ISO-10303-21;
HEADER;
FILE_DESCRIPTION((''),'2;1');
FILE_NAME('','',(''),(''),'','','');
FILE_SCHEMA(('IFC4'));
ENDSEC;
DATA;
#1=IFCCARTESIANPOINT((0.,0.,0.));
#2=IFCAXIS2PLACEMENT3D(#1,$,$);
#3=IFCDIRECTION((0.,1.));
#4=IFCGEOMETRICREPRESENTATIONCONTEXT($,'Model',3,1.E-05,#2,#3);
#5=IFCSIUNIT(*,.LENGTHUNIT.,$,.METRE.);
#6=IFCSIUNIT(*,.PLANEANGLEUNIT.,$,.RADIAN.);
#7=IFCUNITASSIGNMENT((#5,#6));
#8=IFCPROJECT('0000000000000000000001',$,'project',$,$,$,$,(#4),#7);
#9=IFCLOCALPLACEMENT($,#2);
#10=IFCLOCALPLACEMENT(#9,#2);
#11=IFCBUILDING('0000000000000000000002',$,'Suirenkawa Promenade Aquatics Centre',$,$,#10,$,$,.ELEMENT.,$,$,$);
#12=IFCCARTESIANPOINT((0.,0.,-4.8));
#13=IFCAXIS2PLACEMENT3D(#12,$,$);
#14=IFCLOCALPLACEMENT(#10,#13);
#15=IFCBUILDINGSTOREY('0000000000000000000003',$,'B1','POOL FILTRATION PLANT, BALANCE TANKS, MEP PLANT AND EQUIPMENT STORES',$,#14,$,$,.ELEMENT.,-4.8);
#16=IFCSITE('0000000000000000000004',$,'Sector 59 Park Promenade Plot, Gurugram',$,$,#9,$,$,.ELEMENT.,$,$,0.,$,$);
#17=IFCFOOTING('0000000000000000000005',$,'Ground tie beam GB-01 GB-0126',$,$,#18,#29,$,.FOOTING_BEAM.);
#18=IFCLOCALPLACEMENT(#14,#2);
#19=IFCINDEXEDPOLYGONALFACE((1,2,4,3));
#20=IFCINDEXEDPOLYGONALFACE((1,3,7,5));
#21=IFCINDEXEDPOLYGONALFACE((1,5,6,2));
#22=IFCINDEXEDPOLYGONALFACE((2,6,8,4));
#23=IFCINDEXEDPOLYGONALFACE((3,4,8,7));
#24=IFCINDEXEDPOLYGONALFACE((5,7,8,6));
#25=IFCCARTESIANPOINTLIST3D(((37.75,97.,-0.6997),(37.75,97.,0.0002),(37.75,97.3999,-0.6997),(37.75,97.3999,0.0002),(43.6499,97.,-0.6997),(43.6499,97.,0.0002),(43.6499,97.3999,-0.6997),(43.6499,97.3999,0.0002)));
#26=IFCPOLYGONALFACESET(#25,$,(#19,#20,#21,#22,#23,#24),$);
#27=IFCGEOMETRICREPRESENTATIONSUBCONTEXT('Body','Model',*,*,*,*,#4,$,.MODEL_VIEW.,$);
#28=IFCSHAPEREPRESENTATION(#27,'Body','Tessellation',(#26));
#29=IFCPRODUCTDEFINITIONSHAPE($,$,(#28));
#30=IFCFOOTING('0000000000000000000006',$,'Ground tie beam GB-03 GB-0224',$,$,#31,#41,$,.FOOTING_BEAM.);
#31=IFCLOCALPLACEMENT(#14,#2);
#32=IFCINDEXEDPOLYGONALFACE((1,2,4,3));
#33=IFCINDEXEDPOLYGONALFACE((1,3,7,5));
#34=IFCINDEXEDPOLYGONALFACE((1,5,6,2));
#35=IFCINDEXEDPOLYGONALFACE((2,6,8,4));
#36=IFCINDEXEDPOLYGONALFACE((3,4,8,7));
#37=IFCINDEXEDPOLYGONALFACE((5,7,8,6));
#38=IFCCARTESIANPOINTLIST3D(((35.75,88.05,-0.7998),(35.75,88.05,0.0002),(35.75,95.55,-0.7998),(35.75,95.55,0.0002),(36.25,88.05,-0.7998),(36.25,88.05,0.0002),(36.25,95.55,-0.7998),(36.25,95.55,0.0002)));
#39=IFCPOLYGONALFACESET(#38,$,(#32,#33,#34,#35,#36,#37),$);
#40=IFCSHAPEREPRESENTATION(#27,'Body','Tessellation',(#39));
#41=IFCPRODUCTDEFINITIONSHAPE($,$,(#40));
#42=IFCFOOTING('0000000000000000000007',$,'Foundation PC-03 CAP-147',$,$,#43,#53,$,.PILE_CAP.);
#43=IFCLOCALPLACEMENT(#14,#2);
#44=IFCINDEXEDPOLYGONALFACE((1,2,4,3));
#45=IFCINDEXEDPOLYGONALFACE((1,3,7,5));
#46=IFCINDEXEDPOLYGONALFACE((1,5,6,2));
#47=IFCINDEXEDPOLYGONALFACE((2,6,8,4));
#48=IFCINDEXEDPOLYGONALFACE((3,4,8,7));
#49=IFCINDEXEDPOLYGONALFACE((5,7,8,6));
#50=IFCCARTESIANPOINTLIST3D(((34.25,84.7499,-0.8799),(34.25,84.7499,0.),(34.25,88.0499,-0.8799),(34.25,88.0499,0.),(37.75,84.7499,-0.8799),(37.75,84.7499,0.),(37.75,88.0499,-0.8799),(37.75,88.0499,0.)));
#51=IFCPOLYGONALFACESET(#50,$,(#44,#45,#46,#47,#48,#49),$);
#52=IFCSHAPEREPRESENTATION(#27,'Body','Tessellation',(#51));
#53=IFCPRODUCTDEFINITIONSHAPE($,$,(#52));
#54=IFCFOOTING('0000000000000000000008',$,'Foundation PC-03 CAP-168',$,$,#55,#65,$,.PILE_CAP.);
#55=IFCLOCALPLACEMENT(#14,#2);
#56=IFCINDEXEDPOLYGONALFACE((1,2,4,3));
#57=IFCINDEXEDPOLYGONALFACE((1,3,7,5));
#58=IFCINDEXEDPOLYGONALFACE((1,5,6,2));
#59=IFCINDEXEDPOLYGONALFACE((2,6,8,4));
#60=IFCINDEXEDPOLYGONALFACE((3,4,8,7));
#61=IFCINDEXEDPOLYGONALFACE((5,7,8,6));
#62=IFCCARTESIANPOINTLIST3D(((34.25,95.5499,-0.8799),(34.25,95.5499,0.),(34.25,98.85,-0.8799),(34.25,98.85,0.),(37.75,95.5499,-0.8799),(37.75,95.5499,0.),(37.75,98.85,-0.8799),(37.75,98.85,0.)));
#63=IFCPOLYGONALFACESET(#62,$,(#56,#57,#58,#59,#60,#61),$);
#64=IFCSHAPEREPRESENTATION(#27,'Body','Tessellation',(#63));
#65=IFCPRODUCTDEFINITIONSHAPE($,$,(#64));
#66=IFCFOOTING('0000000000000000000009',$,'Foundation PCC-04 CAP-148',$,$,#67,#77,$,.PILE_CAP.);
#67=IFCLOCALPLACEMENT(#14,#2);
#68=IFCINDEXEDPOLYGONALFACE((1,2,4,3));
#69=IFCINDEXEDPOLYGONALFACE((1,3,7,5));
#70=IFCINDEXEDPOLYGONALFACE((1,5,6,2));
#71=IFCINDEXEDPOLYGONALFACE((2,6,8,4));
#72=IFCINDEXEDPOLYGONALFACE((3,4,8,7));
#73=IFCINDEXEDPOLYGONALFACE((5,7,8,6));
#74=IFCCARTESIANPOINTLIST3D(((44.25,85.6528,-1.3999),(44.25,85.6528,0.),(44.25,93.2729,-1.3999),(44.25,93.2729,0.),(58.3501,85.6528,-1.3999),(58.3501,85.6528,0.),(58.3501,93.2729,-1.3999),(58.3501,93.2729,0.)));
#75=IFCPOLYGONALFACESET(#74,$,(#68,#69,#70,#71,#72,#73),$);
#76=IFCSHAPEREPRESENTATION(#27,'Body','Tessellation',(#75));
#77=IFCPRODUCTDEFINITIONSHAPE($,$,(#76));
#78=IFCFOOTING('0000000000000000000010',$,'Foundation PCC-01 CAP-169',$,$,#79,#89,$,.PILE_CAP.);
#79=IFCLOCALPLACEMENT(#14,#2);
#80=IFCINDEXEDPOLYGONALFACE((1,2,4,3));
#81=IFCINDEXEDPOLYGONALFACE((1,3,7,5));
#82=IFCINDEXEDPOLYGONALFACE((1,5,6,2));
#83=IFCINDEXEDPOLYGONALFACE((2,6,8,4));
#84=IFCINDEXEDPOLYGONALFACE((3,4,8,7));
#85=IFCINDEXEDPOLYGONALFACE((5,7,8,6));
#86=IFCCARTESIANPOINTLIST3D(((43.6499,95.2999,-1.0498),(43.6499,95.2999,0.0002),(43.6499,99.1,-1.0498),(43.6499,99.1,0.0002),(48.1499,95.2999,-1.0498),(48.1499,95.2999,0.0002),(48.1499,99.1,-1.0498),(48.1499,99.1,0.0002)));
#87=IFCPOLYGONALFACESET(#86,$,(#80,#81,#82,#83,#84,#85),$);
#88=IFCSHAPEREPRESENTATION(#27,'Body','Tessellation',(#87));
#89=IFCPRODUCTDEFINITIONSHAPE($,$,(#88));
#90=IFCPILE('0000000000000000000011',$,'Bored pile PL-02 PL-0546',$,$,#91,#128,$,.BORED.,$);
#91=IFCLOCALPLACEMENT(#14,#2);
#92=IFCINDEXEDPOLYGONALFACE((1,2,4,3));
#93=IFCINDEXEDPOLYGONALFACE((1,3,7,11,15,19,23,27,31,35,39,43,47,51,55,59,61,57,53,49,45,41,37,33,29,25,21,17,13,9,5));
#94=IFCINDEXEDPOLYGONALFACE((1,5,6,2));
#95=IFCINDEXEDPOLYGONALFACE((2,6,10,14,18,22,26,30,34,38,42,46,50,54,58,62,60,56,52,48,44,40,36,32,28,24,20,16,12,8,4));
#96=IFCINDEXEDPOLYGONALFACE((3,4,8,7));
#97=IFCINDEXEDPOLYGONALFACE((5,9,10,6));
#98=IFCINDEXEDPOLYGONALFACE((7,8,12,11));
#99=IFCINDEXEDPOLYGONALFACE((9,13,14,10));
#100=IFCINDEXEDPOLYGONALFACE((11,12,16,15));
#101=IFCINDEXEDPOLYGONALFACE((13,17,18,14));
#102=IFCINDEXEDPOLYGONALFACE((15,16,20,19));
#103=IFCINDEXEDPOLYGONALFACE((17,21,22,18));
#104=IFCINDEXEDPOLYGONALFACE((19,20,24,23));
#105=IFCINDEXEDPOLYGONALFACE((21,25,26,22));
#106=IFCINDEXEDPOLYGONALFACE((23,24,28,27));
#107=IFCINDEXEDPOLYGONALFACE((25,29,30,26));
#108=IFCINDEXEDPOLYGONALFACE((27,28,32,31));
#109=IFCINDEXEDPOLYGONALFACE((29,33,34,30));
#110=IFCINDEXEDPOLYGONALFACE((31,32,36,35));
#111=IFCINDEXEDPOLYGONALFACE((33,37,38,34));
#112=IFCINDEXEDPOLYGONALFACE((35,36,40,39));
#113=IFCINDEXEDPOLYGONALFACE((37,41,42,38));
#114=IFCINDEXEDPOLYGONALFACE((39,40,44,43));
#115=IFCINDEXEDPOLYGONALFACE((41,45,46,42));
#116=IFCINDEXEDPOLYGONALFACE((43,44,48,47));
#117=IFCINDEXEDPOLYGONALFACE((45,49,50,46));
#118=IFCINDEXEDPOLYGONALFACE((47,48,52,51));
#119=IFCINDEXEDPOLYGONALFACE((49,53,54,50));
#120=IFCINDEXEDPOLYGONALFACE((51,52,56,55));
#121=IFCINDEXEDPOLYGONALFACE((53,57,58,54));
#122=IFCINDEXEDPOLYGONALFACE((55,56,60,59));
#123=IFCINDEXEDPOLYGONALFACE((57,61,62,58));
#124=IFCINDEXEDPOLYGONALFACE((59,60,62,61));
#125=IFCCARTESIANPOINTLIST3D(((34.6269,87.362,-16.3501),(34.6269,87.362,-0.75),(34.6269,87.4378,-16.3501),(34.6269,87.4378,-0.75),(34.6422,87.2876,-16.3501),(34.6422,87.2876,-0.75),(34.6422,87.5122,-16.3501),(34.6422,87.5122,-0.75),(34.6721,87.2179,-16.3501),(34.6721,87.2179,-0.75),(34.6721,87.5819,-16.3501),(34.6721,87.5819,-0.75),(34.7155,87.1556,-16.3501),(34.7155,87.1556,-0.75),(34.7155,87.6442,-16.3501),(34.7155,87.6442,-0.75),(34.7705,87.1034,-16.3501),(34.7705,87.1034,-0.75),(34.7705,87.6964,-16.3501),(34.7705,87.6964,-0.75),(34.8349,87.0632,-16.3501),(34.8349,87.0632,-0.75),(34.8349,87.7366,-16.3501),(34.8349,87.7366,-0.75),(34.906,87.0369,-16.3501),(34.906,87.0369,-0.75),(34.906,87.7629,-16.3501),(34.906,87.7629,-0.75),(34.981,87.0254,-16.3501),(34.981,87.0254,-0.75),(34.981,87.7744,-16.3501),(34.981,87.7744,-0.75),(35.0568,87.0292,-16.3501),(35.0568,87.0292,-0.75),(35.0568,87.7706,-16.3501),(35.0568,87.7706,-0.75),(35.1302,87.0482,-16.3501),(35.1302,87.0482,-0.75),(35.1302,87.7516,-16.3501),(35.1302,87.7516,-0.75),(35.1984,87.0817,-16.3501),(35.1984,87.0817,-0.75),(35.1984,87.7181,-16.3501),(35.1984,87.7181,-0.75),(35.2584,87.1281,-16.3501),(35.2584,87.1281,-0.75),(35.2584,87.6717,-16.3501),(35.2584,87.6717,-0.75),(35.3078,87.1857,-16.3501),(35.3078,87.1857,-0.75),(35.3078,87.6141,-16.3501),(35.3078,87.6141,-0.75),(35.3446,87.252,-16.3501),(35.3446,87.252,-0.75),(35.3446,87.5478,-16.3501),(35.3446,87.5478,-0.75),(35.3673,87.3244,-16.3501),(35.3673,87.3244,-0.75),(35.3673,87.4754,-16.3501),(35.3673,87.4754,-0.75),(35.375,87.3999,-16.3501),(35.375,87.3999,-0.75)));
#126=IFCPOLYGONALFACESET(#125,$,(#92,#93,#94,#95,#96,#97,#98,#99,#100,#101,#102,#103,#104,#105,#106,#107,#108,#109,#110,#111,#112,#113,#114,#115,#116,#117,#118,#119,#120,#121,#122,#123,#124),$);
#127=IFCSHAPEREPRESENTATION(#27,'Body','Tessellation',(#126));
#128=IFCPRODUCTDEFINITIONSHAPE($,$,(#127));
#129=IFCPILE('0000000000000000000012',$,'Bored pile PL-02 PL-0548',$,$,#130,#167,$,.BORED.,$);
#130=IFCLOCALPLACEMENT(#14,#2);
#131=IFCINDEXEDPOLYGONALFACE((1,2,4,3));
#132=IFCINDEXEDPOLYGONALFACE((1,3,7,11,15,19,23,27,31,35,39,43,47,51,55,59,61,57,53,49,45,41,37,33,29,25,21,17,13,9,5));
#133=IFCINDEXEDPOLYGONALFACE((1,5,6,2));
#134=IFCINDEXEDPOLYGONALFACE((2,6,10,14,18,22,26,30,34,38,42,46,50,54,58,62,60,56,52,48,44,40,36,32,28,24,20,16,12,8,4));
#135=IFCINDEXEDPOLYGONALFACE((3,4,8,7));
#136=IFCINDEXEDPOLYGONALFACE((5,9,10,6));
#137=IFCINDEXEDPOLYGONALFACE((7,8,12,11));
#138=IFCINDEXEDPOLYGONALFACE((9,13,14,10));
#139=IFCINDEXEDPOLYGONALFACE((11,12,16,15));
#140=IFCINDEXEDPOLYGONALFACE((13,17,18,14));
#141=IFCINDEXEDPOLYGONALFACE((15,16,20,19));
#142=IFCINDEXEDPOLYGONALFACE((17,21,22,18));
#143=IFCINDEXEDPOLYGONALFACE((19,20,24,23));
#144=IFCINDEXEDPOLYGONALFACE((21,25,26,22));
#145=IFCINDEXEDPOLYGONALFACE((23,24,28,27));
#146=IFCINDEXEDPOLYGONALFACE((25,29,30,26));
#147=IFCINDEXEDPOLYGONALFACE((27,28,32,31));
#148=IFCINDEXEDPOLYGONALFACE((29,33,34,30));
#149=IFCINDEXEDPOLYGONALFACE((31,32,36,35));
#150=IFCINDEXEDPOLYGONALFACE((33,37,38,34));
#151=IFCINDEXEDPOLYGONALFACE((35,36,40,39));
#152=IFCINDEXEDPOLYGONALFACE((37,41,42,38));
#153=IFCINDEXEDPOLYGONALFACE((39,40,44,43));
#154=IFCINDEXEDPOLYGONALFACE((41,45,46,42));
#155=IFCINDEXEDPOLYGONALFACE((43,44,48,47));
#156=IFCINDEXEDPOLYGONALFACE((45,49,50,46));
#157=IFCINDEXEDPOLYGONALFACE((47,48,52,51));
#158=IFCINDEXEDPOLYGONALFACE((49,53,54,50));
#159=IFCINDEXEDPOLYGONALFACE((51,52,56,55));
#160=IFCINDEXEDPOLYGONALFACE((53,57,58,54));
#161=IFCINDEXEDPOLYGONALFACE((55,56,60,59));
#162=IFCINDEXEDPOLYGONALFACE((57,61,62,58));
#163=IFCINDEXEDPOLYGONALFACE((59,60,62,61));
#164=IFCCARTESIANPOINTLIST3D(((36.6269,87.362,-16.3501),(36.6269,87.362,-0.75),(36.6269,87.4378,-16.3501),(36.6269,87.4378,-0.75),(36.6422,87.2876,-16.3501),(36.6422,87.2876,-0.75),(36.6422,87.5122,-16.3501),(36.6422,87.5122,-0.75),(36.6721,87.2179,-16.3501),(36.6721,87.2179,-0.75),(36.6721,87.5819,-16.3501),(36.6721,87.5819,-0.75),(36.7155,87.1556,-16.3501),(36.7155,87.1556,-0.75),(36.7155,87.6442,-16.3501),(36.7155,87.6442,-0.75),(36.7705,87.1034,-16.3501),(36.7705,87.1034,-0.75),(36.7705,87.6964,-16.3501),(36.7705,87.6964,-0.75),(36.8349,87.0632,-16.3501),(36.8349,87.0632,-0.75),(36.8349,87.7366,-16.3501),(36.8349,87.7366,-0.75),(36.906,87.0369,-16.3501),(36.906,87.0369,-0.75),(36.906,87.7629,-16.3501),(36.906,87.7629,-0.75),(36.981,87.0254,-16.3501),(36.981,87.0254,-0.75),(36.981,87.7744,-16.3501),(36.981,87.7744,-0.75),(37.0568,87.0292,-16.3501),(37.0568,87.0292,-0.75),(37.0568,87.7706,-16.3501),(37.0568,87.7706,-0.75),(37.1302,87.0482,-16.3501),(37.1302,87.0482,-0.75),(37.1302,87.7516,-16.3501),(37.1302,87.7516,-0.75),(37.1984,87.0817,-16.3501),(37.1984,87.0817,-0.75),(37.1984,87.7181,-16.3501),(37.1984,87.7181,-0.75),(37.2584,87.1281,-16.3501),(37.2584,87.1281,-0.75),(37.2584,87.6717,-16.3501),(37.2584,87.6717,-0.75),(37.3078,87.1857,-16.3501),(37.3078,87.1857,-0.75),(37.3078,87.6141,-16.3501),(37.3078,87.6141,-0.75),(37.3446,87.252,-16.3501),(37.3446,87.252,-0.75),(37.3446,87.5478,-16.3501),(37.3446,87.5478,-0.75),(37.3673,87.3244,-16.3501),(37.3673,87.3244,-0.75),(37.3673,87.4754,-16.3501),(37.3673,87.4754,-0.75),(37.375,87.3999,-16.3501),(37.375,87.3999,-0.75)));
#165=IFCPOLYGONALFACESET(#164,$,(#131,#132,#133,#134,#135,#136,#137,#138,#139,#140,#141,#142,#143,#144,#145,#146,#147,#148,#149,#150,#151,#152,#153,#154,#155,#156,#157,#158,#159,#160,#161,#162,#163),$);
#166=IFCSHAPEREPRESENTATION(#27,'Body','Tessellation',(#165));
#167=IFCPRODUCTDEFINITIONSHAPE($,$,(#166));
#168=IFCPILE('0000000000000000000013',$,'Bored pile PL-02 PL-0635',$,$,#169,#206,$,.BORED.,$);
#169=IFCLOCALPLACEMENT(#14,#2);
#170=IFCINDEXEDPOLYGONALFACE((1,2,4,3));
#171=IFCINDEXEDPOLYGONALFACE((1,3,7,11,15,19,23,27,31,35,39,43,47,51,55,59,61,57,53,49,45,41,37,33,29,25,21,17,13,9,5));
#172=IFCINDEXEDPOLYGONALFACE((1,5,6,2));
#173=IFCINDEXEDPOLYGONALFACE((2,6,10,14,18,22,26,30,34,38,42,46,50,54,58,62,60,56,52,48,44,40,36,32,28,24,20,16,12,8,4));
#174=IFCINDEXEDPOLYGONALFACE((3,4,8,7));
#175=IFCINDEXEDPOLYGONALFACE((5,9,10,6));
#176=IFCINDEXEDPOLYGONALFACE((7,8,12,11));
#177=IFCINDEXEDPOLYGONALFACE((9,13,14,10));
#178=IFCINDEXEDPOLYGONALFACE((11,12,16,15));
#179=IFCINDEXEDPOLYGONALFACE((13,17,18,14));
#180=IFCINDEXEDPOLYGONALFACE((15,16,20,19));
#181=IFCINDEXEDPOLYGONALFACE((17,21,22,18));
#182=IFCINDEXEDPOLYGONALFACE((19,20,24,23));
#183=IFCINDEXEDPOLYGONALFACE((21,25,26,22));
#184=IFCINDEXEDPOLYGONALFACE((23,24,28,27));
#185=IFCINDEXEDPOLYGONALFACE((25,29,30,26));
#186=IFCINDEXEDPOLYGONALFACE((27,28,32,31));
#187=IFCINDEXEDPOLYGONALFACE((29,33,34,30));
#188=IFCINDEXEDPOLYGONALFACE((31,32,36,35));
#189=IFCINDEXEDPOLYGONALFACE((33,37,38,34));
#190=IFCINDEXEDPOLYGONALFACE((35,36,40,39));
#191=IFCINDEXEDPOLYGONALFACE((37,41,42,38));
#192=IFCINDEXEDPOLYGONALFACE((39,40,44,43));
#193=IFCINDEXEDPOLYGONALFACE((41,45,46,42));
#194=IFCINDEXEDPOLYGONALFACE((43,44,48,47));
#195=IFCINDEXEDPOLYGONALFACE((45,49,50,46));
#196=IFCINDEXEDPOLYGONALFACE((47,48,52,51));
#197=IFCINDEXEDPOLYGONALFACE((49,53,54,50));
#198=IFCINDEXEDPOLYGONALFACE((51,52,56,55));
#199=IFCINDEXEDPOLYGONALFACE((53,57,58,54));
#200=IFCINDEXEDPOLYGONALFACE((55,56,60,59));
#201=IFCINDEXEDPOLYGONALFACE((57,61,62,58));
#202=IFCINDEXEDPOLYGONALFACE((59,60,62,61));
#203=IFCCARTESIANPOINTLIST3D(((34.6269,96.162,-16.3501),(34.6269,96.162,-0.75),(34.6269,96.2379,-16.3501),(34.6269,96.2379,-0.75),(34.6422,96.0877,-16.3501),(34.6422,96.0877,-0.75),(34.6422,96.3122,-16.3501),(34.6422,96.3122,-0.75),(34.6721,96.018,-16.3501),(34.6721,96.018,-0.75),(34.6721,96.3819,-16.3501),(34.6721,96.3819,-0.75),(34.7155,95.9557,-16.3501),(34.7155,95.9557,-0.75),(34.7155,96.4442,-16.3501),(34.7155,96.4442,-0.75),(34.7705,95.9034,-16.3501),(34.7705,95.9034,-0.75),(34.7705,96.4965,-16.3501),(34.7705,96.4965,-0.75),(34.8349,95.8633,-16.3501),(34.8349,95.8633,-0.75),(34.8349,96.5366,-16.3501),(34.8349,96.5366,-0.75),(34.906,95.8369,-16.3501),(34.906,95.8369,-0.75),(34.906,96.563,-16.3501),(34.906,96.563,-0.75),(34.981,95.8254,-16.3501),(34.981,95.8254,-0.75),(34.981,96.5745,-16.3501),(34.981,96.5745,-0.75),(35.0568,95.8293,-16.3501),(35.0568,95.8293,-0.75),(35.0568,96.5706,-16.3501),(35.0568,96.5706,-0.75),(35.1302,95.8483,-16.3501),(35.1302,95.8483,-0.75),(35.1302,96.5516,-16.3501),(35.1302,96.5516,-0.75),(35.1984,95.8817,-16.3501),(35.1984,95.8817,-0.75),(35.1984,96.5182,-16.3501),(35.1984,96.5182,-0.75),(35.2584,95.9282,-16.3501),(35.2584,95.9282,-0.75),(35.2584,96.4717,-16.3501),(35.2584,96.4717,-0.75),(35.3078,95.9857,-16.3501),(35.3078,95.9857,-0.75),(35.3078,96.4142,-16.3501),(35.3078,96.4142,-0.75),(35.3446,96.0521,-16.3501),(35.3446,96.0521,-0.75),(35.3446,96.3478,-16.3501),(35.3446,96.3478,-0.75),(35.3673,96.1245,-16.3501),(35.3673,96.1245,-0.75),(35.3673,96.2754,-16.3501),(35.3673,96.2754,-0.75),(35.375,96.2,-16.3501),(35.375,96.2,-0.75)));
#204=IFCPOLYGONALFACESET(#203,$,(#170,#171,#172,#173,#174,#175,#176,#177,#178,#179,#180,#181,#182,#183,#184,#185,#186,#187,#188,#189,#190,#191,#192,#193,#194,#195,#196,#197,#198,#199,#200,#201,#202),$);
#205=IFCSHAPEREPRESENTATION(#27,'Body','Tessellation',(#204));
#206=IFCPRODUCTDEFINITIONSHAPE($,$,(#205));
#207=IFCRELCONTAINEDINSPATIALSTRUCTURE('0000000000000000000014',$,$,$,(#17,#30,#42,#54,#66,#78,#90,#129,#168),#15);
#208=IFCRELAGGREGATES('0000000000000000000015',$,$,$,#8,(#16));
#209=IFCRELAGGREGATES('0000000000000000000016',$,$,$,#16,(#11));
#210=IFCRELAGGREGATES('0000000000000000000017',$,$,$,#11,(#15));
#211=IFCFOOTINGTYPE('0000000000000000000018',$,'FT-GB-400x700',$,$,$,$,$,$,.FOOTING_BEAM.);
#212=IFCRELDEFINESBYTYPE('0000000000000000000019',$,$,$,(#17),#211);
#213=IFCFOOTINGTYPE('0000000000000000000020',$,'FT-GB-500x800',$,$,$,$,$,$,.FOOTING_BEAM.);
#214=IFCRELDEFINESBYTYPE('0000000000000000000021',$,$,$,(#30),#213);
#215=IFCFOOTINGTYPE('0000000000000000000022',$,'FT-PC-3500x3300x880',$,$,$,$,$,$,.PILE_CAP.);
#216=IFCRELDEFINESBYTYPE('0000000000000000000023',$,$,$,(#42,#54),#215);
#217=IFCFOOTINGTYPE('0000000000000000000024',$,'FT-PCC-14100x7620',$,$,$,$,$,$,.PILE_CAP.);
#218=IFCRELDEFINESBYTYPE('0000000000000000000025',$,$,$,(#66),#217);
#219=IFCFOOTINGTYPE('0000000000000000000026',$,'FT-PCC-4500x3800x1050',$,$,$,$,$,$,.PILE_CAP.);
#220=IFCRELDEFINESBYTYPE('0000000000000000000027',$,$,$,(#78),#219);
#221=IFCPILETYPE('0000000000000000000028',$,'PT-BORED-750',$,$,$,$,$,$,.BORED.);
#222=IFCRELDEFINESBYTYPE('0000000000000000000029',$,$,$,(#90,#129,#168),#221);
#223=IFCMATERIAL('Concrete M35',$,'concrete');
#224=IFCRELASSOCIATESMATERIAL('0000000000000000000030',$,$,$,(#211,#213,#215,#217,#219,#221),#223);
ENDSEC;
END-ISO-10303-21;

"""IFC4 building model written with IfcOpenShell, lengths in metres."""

from ifc_helpers import new_model, si_unit, direction, frame, origin, origin_2d, place, context, subcontext, project, spatial, rectangle, circle, extrude, material, material_profile, profile_set, type_object, element, save


model = new_model("IFC4")

# Units and contexts
model_context = context("Model", 3, precision=1e-05, world=origin(), true_north=direction((0.0, 1.0)))
body_context = subcontext(model_context, "Body", "Model", "MODEL_VIEW")
ifc_project = project(units=[si_unit("LENGTHUNIT", "METRE"), si_unit("PLANEANGLEUNIT", "RADIAN")], contexts=[model_context])

# Site, building, storey
site_placement = place(None, origin())
site = spatial("IfcSite", under=ifc_project, at=site_placement, Name="Sector 59 Park Promenade Plot, Gurugram", CompositionType="ELEMENT", RefElevation=0.0)
building_placement = place(site_placement, origin())
building = spatial("IfcBuilding", under=site, at=building_placement, Name="Suirenkawa Promenade Aquatics Centre", CompositionType="ELEMENT")
storey_placement = place(building_placement, frame((0.0, 0.0, -4.8)))
storey = spatial("IfcBuildingStorey", under=building, at=storey_placement, Name="B1", Description="POOL FILTRATION PLANT, BALANCE TANKS, MEP PLANT AND EQUIPMENT STORES", CompositionType="ELEMENT", Elevation=-4.8)

# Footings
ifc_material_1 = material(Name="Concrete M35", Category="concrete")
footing_type_1 = type_object("IfcFootingType", Name="FT-GB-400x700", PredefinedType="FOOTING_BEAM", material=ifc_material_1)
footing_1_placement = place(storey_placement, frame((40.7, 97.2, -0.6997), z_axis=(0.0, 0.0, 1.0), x_axis=(1.0, 0.0, 0.0)))
element("IfcFooting", 1, at=footing_1_placement, inside=storey, type_object=footing_type_1, Name="Ground tie beam GB-01 GB-0126", PredefinedType="FOOTING_BEAM", context=body_context, shape_type="SweptSolid", body=[
    extrude(rectangle(XDim=5.8999, YDim=0.3999, at=origin_2d()), origin(), (0.0, 0.0, 1.0), 0.7),
])
footing_type_2 = type_object("IfcFootingType", Name="FT-GB-500x800", PredefinedType="FOOTING_BEAM", material=ifc_material_1)
footing_2_placement = place(storey_placement, frame((36.0, 91.8, -0.7998), z_axis=(0.0, 0.0, 1.0), x_axis=(0.0, 1.0, 0.0)))
element("IfcFooting", 2, at=footing_2_placement, inside=storey, type_object=footing_type_2, Name="Ground tie beam GB-03 GB-0224", PredefinedType="FOOTING_BEAM", context=body_context, shape_type="SweptSolid", body=[
    extrude(rectangle(XDim=7.5, YDim=0.5, at=origin_2d()), origin(), (0.0, 0.0, 1.0), 0.8),
])
footing_type_3 = type_object("IfcFootingType", Name="FT-PC-3500x3300x880", PredefinedType="PILE_CAP", material=ifc_material_1)
for number, where, z_axis, x_axis, name in (
    (3, (36.0, 86.3999, -0.8799), (0.0, 0.0, 1.0), (1.0, 0.0, 0.0), "Foundation PC-03 CAP-147"),
    (4, (36.0, 97.2, -0.8799), (0.0, 0.0, 1.0), (1.0, 0.0, 0.0), "Foundation PC-03 CAP-168"),
):
    element("IfcFooting", number, at=place(storey_placement, frame(where, z_axis=z_axis, x_axis=x_axis)), inside=storey, type_object=footing_type_3, Name=name, PredefinedType="PILE_CAP", context=body_context, shape_type="SweptSolid", body=[
        extrude(rectangle(XDim=3.5, YDim=3.3, at=origin_2d()), origin(), (0.0, 0.0, 1.0), 0.8799),
    ])
footing_type_4 = type_object("IfcFootingType", Name="FT-PCC-14100x7620", PredefinedType="PILE_CAP", material=ifc_material_1)
footing_3_placement = place(storey_placement, frame((51.3, 89.4629, -1.3999), z_axis=(0.0, 0.0, 1.0), x_axis=(1.0, 0.0, 0.0)))
element("IfcFooting", 5, at=footing_3_placement, inside=storey, type_object=footing_type_4, Name="Foundation PCC-04 CAP-148", PredefinedType="PILE_CAP", context=body_context, shape_type="SweptSolid", body=[
    extrude(rectangle(XDim=14.1001, YDim=7.6201, at=origin_2d()), origin(), (0.0, 0.0, 1.0), 1.3999),
])
footing_type_5 = type_object("IfcFootingType", Name="FT-PCC-4500x3800x1050", PredefinedType="PILE_CAP", material=ifc_material_1)
footing_4_placement = place(storey_placement, frame((45.8999, 97.2, -1.0498), z_axis=(0.0, 0.0, 1.0), x_axis=(1.0, 0.0, 0.0)))
element("IfcFooting", 6, at=footing_4_placement, inside=storey, type_object=footing_type_5, Name="Foundation PCC-01 CAP-169", PredefinedType="PILE_CAP", context=body_context, shape_type="SweptSolid", body=[
    extrude(rectangle(XDim=4.5, YDim=3.8, at=origin_2d()), origin(), (0.0, 0.0, 1.0), 1.05),
])

# Piles
ifc_material_profile_1 = material_profile(ifc_material_1, circle(Radius=0.375, at=origin_2d()), Name="PILE D750", Category="concrete")
ifc_profile_set_1 = profile_set([ifc_material_profile_1], Name="Concrete M35")
pile_type_1 = type_object("IfcPileType", Name="PT-BORED-750", PredefinedType="BORED", material=ifc_profile_set_1)
for number, where, z_axis, x_axis, name in (
    (7, (35.0, 87.3999, -0.75), (0.0, 0.0, -1.0), (1.0, 0.0, 0.0), "Bored pile PL-02 PL-0546"),
    (8, (37.0, 87.3999, -0.75), (0.0, 0.0, -1.0), (1.0, 0.0, 0.0), "Bored pile PL-02 PL-0548"),
    (9, (35.0, 96.2, -0.75), (0.0, 0.0, -1.0), (1.0, 0.0, 0.0), "Bored pile PL-02 PL-0635"),
):
    element("IfcPile", number, at=place(storey_placement, frame(where, z_axis=z_axis, x_axis=x_axis)), inside=storey, type_object=pile_type_1, Name=name, PredefinedType="BORED", context=body_context, shape_type="SweptSolid", body=[
        extrude(circle(Radius=0.375, at=origin_2d()), origin(), (0.0, 0.0, 1.0), 15.6001),
    ])

save(model, "model.ifc")
